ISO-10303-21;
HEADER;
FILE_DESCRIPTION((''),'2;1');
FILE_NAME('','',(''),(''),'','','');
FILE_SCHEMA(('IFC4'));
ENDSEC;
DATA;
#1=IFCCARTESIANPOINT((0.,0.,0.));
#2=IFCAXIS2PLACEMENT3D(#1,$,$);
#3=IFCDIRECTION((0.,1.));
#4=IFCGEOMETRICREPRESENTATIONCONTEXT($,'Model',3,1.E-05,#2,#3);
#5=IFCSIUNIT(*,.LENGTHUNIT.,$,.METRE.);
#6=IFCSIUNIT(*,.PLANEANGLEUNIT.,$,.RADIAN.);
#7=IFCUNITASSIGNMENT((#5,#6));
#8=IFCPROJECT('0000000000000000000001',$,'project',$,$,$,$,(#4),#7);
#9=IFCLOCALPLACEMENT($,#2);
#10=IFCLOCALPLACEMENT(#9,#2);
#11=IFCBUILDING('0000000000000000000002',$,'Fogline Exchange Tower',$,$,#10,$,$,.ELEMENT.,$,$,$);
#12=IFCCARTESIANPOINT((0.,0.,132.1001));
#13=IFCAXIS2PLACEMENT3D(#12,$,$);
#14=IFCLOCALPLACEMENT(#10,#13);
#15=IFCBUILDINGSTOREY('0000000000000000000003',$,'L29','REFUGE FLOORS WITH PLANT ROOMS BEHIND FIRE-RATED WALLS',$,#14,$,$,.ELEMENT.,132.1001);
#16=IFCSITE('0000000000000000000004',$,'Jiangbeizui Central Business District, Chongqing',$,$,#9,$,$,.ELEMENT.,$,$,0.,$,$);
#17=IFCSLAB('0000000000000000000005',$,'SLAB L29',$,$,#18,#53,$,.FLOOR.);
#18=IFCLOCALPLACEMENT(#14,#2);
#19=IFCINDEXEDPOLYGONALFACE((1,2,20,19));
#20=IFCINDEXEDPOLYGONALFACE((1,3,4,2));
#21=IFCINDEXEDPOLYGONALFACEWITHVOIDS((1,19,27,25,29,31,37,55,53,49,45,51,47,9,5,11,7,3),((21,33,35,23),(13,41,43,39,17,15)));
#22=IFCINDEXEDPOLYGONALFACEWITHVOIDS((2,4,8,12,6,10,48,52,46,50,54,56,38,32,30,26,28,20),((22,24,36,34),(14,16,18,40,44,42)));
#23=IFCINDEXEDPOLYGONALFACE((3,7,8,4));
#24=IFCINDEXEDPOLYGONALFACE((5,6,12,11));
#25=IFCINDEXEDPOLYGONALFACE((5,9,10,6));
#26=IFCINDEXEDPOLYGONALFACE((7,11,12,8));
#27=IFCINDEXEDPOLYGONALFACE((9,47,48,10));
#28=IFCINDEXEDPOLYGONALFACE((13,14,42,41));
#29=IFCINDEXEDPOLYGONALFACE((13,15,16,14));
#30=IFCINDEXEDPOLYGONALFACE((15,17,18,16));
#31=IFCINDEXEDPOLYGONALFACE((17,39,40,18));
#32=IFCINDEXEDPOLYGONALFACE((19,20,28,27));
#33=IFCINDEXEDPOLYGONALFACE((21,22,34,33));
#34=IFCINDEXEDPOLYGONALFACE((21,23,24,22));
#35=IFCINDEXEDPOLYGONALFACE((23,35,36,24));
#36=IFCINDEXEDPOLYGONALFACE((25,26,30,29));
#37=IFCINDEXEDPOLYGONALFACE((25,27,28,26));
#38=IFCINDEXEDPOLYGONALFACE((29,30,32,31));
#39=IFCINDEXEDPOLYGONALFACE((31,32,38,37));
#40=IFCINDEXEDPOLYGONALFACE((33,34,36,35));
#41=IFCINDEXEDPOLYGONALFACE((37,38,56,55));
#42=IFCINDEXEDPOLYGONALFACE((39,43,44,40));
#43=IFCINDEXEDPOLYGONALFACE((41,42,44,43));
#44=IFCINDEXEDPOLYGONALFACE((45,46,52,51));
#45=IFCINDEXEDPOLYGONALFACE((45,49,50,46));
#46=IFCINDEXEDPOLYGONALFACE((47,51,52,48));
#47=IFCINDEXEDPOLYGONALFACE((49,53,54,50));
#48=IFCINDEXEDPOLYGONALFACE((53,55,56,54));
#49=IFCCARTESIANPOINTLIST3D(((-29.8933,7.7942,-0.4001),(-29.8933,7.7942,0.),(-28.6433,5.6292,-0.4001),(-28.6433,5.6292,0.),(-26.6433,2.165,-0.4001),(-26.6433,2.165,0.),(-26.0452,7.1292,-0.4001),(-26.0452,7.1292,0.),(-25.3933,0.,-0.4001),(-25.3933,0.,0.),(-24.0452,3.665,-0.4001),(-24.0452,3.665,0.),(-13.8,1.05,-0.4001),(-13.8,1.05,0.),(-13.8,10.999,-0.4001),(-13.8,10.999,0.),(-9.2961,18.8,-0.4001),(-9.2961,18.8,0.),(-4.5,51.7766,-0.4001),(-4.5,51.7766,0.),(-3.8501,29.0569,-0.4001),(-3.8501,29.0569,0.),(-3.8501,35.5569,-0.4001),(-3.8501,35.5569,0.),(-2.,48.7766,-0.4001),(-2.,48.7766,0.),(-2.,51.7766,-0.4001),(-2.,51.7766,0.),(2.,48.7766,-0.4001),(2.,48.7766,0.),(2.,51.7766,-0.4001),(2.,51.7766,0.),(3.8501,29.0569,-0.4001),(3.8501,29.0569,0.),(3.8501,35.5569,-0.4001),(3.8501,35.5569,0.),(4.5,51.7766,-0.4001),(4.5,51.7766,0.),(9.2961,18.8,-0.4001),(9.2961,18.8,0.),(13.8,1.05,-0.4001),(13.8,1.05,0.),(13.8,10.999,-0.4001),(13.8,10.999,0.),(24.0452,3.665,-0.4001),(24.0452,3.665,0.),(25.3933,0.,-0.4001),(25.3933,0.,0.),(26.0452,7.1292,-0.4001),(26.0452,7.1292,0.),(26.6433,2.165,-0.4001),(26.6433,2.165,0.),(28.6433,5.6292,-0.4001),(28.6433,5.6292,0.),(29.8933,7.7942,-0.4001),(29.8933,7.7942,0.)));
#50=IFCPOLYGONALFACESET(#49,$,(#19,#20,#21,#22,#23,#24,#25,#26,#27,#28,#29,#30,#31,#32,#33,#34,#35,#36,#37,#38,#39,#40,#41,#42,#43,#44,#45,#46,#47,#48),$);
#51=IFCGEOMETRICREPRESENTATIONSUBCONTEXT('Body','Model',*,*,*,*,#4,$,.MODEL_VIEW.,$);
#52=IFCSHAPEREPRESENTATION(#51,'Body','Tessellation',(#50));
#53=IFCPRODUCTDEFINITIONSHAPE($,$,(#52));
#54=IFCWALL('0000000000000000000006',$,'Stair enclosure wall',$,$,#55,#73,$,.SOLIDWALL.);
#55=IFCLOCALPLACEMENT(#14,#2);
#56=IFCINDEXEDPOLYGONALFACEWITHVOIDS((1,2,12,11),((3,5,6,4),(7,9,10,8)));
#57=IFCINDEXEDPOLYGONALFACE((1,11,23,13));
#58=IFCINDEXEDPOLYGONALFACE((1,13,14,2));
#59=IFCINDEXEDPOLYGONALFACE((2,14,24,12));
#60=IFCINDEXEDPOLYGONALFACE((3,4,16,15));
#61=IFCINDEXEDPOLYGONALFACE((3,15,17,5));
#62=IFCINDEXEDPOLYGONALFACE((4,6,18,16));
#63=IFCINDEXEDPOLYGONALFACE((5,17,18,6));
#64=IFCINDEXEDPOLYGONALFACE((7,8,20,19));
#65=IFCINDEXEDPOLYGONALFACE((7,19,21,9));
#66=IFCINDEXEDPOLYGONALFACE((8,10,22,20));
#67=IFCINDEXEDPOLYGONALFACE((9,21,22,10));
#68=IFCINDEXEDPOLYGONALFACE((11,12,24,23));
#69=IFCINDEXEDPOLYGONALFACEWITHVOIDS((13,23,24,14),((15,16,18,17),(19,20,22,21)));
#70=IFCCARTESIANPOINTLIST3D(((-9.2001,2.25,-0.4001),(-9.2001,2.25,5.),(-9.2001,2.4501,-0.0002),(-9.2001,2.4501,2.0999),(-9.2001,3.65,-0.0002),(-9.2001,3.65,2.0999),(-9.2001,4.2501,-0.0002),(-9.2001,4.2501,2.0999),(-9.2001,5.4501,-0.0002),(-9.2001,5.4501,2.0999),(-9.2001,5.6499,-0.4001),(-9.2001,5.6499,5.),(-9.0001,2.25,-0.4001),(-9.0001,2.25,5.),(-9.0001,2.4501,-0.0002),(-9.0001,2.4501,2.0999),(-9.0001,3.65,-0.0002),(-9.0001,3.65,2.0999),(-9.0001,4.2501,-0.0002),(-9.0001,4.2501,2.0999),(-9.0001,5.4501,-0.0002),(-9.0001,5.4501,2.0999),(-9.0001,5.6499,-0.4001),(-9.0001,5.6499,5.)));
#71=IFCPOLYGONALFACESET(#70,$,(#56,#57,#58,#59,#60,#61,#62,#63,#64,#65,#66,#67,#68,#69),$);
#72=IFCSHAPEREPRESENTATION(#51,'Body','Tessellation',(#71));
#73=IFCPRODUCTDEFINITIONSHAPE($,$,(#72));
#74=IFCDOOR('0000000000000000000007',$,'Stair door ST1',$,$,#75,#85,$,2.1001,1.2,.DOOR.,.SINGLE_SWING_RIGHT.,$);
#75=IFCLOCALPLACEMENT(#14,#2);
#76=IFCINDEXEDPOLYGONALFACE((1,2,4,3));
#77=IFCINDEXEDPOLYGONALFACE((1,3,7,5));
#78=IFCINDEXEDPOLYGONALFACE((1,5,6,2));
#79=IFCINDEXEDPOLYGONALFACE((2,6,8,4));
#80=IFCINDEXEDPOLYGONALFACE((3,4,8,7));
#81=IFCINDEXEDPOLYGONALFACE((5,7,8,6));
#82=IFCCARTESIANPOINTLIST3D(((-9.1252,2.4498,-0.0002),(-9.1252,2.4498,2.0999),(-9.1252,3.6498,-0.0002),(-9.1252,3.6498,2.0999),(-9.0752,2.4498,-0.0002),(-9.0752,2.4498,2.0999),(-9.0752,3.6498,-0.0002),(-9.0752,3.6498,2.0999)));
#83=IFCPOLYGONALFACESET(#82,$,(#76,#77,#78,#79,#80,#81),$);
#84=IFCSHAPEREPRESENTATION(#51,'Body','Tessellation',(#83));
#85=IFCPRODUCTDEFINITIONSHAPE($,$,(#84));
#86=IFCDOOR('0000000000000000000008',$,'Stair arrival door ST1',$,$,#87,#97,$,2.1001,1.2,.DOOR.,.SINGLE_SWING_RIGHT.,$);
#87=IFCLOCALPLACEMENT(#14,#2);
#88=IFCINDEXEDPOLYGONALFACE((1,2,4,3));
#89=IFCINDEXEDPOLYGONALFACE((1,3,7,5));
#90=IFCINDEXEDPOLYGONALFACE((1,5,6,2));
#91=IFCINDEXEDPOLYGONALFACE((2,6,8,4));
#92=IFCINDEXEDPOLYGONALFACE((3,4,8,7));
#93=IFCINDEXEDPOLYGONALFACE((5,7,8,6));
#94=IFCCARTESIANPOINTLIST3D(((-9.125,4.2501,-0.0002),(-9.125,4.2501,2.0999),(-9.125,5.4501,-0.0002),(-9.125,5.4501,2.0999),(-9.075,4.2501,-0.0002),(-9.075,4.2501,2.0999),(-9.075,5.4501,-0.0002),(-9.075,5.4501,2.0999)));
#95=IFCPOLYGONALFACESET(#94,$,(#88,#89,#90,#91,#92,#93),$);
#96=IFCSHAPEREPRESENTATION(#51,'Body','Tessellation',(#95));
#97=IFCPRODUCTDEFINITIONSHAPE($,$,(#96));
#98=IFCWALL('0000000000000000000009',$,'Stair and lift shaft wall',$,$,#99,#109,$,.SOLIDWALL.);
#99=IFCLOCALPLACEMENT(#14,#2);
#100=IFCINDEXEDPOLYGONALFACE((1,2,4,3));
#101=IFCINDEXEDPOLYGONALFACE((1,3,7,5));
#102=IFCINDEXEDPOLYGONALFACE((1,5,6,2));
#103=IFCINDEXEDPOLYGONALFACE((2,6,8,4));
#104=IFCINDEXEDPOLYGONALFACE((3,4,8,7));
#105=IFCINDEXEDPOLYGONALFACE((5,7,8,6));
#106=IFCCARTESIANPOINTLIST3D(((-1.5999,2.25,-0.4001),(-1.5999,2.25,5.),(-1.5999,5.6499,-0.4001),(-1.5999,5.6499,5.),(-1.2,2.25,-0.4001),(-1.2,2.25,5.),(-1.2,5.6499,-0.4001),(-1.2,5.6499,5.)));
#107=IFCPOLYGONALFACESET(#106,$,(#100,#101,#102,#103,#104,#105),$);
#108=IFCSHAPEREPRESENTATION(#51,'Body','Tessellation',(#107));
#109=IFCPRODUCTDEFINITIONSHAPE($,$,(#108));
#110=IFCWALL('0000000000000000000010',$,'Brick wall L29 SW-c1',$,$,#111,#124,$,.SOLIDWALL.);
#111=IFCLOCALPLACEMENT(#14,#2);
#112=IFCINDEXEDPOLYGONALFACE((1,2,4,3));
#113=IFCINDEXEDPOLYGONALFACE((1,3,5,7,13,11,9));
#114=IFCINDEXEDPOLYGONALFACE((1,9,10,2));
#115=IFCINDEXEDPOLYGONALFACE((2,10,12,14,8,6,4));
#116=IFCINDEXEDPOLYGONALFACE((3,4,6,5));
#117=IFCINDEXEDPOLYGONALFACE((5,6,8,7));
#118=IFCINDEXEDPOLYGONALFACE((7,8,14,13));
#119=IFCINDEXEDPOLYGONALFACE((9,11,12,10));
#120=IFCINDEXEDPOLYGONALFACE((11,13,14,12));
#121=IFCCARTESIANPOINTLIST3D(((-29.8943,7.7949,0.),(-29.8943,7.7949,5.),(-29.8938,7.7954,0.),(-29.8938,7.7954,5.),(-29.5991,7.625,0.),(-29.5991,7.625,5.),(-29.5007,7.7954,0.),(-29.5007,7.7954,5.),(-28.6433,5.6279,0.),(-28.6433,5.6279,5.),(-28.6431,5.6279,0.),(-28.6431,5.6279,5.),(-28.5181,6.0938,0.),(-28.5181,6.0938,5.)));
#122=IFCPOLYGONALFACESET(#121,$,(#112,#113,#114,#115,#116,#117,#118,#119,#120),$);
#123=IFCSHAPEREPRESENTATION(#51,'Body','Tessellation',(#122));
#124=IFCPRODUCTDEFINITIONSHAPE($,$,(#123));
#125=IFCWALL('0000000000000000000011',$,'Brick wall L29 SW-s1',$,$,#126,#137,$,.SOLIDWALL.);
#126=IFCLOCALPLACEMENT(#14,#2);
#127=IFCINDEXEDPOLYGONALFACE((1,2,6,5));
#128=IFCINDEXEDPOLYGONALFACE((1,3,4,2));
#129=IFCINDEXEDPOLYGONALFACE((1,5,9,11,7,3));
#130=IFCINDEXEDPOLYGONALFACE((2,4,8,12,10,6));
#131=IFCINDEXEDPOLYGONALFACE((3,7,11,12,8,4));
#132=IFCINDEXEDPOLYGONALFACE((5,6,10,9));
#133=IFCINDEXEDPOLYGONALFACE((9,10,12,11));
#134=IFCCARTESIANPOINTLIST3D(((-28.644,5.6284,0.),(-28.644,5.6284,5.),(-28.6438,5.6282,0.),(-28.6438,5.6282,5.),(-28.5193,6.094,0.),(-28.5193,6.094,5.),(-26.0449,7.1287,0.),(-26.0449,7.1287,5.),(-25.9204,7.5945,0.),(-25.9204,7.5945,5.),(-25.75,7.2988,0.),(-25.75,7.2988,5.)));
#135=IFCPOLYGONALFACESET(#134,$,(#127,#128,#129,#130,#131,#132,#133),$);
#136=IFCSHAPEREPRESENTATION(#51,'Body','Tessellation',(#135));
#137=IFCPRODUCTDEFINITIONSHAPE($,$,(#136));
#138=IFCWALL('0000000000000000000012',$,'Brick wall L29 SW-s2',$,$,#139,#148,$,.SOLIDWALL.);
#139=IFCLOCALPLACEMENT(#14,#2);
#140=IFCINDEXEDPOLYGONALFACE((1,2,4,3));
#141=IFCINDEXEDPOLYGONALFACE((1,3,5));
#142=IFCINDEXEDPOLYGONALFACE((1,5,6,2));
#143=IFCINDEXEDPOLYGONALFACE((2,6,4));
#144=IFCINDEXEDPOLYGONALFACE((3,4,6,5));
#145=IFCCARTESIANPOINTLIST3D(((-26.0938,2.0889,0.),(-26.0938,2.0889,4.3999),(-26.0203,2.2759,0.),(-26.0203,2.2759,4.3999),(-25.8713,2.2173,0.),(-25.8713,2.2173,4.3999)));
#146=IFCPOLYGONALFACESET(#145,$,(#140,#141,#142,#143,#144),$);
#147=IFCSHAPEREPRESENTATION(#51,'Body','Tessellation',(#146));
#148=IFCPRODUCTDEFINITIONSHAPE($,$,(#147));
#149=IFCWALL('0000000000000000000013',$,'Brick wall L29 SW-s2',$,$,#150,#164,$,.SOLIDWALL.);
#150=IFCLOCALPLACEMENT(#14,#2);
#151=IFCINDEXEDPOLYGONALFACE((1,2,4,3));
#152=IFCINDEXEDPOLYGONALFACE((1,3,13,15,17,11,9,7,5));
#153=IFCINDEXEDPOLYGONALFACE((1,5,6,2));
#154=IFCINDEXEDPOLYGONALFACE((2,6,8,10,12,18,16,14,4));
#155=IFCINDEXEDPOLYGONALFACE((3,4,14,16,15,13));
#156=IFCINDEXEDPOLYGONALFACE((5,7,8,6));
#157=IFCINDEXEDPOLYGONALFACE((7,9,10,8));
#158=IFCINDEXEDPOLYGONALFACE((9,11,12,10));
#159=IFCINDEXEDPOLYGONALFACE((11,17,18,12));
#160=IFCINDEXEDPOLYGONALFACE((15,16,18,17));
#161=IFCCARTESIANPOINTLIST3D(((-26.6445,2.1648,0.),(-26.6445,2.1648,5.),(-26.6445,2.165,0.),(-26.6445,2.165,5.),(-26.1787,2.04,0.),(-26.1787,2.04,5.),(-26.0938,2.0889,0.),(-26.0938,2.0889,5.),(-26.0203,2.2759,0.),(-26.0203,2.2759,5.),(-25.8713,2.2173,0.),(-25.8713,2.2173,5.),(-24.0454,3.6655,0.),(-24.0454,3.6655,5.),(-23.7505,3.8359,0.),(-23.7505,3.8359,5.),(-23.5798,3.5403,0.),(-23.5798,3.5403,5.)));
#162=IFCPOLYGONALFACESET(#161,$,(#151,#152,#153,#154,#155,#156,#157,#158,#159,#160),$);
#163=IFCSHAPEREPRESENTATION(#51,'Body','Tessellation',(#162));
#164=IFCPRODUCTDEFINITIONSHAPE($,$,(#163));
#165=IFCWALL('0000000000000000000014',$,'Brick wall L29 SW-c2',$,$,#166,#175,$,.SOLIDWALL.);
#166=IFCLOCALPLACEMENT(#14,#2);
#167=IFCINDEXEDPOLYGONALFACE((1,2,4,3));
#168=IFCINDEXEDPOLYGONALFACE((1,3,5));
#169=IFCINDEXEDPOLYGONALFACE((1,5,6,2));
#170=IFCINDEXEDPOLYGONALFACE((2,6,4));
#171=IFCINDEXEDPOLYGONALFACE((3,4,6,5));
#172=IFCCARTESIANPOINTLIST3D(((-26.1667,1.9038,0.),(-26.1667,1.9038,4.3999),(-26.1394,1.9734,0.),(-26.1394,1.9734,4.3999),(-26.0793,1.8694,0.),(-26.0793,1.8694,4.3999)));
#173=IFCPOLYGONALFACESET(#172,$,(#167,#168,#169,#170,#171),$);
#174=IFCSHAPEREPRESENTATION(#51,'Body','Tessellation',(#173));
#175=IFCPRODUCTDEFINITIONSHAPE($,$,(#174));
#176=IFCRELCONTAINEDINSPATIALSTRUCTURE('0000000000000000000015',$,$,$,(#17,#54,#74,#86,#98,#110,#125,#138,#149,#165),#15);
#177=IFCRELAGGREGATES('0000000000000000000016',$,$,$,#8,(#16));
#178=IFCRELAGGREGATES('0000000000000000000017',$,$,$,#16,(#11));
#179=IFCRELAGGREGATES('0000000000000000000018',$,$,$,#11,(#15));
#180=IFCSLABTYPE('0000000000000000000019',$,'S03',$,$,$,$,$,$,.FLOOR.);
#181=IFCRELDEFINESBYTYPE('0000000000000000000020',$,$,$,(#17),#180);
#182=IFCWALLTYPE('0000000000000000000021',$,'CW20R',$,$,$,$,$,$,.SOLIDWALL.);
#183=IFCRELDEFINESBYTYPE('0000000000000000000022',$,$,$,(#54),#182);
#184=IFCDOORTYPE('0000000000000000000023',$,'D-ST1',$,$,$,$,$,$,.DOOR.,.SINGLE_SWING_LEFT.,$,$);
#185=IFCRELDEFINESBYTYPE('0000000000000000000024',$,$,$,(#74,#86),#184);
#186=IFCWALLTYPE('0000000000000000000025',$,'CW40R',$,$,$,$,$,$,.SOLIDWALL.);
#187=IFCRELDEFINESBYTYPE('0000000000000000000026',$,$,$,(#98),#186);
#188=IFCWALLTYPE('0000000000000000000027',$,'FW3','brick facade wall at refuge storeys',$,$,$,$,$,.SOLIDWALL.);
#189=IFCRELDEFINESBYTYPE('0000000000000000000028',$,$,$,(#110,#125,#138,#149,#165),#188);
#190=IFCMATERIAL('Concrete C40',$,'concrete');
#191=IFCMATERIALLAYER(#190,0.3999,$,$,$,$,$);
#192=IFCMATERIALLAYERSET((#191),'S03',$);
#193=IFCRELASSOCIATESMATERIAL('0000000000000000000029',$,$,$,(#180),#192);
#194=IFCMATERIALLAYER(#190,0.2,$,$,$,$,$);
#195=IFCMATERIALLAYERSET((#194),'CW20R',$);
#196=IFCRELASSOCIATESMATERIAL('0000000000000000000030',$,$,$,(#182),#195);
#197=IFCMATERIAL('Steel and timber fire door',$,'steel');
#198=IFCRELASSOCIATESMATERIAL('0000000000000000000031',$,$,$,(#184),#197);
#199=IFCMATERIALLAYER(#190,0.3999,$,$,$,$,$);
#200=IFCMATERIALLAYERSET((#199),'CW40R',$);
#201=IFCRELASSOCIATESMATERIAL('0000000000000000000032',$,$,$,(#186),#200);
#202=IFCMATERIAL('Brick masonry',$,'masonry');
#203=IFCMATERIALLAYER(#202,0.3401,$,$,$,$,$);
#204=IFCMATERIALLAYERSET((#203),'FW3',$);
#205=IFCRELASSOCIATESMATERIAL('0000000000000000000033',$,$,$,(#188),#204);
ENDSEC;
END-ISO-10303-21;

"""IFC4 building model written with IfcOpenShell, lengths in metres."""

from ifc_helpers import new_model, si_unit, direction, frame, frame_2d, origin, place, context, subcontext, project, spatial, polyline, rectangle, outline, extrude, material, layer, layer_set, type_object, element, fill, save


model = new_model("IFC4")

# Units and contexts
model_context = context("Model", 3, precision=1e-05, world=origin(), true_north=direction((0.0, 1.0)))
body_context = subcontext(model_context, "Body", "Model", "MODEL_VIEW")
ifc_project = project(units=[si_unit("LENGTHUNIT", "METRE"), si_unit("PLANEANGLEUNIT", "RADIAN")], contexts=[model_context])

# Site, building, storey
site_placement = place(None, origin())
site = spatial("IfcSite", under=ifc_project, at=site_placement, Name="Jiangbeizui Central Business District, Chongqing", CompositionType="ELEMENT", RefElevation=0.0)
building_placement = place(site_placement, origin())
building = spatial("IfcBuilding", under=site, at=building_placement, Name="Fogline Exchange Tower", CompositionType="ELEMENT")
storey_placement = place(building_placement, frame((0.0, 0.0, 132.1001)))
storey = spatial("IfcBuildingStorey", under=building, at=storey_placement, Name="L29", Description="REFUGE FLOORS WITH PLANT ROOMS BEHIND FIRE-RATED WALLS", CompositionType="ELEMENT", Elevation=132.1001)

# Slab
ifc_material_1 = material(Name="Concrete C40", Category="concrete")
ifc_layer_1 = layer(ifc_material_1, 0.3999)
ifc_layer_set_1 = layer_set([ifc_layer_1], Name="S03")
slab_type = type_object("IfcSlabType", Name="S03", PredefinedType="FLOOR", material=ifc_layer_set_1)
slab_placement = place(storey_placement, frame((0.0, 0.0, -0.4001)))
element("IfcSlab", 1, at=slab_placement, inside=storey, type_object=slab_type, Name="SLAB L29", PredefinedType="FLOOR", context=body_context, shape_type="SweptSolid", body=[
    extrude(outline(polyline([(-2.0, 51.7766), (-4.5, 51.7766), (-29.8933, 7.7942), (-28.6433, 5.6292), (-26.0452, 7.1292), (-24.0452, 3.665), (-26.6433, 2.165), (-25.3933, 0.0), (25.3933, 0.0), (26.6433, 2.165), (24.0452, 3.665), (26.0452, 7.1292), (28.6433, 5.6292), (29.8933, 7.7942), (4.5, 51.7766), (2.0, 51.7766), (2.0, 48.7766), (-2.0, 48.7766), (-2.0, 51.7766)]), holes=[polyline([(13.8, 10.999), (13.8, 1.05), (-13.8, 1.05), (-13.8, 10.999), (-9.2961, 18.8), (9.2961, 18.8), (13.8, 10.999)]), polyline([(3.8501, 35.5569), (3.8501, 29.0569), (-3.8501, 29.0569), (-3.8501, 35.5569), (3.8501, 35.5569)])]), origin(), (0.0, 0.0, 1.0), 0.4001),
])

# Wall, openings, doors
ifc_layer_2 = layer(ifc_material_1, 0.2)
ifc_layer_set_2 = layer_set([ifc_layer_2], Name="CW20R")
wall_type_1 = type_object("IfcWallType", Name="CW20R", PredefinedType="SOLIDWALL", material=ifc_layer_set_2)
wall_1_placement = place(storey_placement, frame((-9.1001, 2.25, -0.4001), z_axis=(0.0, 0.0, 1.0), x_axis=(0.0, 1.0, 0.0)))
wall_1 = element("IfcWall", 2, at=wall_1_placement, inside=storey, type_object=wall_type_1, Name="Stair enclosure wall", PredefinedType="SOLIDWALL", context=body_context, shape_type="SweptSolid", body=[
    extrude(rectangle(XDim=3.3999, YDim=0.2, at=frame_2d((1.7, 0.0))), origin(), (0.0, 0.0, 1.0), 5.4001),
])
opening_1_placement = place(wall_1_placement, frame((0.2, 0.0, 0.3999)))
opening_1 = element("IfcOpeningElement", 3, at=opening_1_placement, cuts=wall_1, PredefinedType="OPENING", context=body_context, shape_type="SweptSolid", body=[
    extrude(rectangle(XDim=1.2, YDim=2.1001, at=frame_2d((0.6001, 1.05))), frame((0.0, 0.1099, 0.0), z_axis=(0.0, -1.0, 0.0), x_axis=(1.0, 0.0, 0.0)), (0.0, 0.0, 1.0), 0.22),
])
opening_2_placement = place(wall_1_placement, frame((2.0, 0.0, 0.3999)))
opening_2 = element("IfcOpeningElement", 4, at=opening_2_placement, cuts=wall_1, PredefinedType="OPENING", context=body_context, shape_type="SweptSolid", body=[
    extrude(rectangle(XDim=1.2, YDim=2.1001, at=frame_2d((0.6001, 1.05))), frame((0.0, 0.1099, 0.0), z_axis=(0.0, -1.0, 0.0), x_axis=(1.0, 0.0, 0.0)), (0.0, 0.0, 1.0), 0.22),
])
ifc_material_2 = material(Name="Steel and timber fire door", Category="steel")
door_type = type_object("IfcDoorType", Name="D-ST1", OperationType="SINGLE_SWING_LEFT", PredefinedType="DOOR", material=ifc_material_2)
door_1_placement = place(opening_1_placement, frame((1.2, 0.0, 0.0), z_axis=(0.0, 0.0, 1.0), x_axis=(-1.0, 0.0, 0.0)))
door_1 = element("IfcDoor", 5, at=door_1_placement, inside=storey, type_object=door_type, Name="Stair door ST1", OperationType="SINGLE_SWING_RIGHT", OverallHeight=2.1001, OverallWidth=1.2, PredefinedType="DOOR", context=body_context, shape_type="SweptSolid", body=[
    extrude(rectangle(XDim=1.2, YDim=2.1001, at=frame_2d((0.6001, 1.05))), frame((0.0, 0.0249, 0.0), z_axis=(0.0, -1.0, 0.0), x_axis=(1.0, 0.0, 0.0)), (0.0, 0.0, 1.0), 0.05),
])
fill(opening_1, door_1)
door_2_placement = place(opening_2_placement, origin())
door_2 = element("IfcDoor", 6, at=door_2_placement, inside=storey, type_object=door_type, Name="Stair arrival door ST1", OperationType="SINGLE_SWING_RIGHT", OverallHeight=2.1001, OverallWidth=1.2, PredefinedType="DOOR", context=body_context, shape_type="SweptSolid", body=[
    extrude(rectangle(XDim=1.2, YDim=2.1001, at=frame_2d((0.6001, 1.05))), frame((0.0, 0.0249, 0.0), z_axis=(0.0, -1.0, 0.0), x_axis=(1.0, 0.0, 0.0)), (0.0, 0.0, 1.0), 0.05),
])
fill(opening_2, door_2)

# Walls
ifc_layer_3 = layer(ifc_material_1, 0.3999)
ifc_layer_set_3 = layer_set([ifc_layer_3], Name="CW40R")
wall_type_2 = type_object("IfcWallType", Name="CW40R", PredefinedType="SOLIDWALL", material=ifc_layer_set_3)
wall_2_placement = place(storey_placement, frame((-1.3999, 2.25, -0.4001), z_axis=(0.0, 0.0, 1.0), x_axis=(0.0, 1.0, 0.0)))
element("IfcWall", 7, at=wall_2_placement, inside=storey, type_object=wall_type_2, Name="Stair and lift shaft wall", PredefinedType="SOLIDWALL", context=body_context, shape_type="SweptSolid", body=[
    extrude(rectangle(XDim=3.3999, YDim=0.3999, at=frame_2d((1.7, 0.0))), origin(), (0.0, 0.0, 1.0), 5.4001),
])
ifc_material_3 = material(Name="Brick masonry", Category="masonry")
ifc_layer_4 = layer(ifc_material_3, 0.3401)
ifc_layer_set_4 = layer_set([ifc_layer_4], Name="FW3")
wall_type_3 = type_object("IfcWallType", Name="FW3", Description="brick facade wall at refuge storeys", PredefinedType="SOLIDWALL", material=ifc_layer_set_4)
wall_3_placement = place(storey_placement, origin())
element("IfcWall", 8, at=wall_3_placement, inside=storey, type_object=wall_type_3, Name="Brick wall L29 SW-c1", PredefinedType="SOLIDWALL", context=body_context, shape_type="SweptSolid", body=[
    extrude(outline(polyline([(-28.6433, 5.6279), (-29.8943, 7.7949), (-29.8938, 7.7954), (-29.5991, 7.625), (-29.5007, 7.7954), (-28.5181, 6.0938), (-28.6431, 5.6279), (-28.6433, 5.6279)])), origin(), (0.0, 0.0, 1.0), 5.0),
])
wall_4_placement = place(storey_placement, origin())
element("IfcWall", 9, at=wall_4_placement, inside=storey, type_object=wall_type_3, Name="Brick wall L29 SW-s1", PredefinedType="SOLIDWALL", context=body_context, shape_type="SweptSolid", body=[
    extrude(outline(polyline([(-25.9204, 7.5945), (-25.75, 7.2988), (-26.0449, 7.1287), (-28.6438, 5.6282), (-28.644, 5.6284), (-28.5193, 6.094), (-25.9204, 7.5945)])), origin(), (0.0, 0.0, 1.0), 5.0),
])
wall_5_placement = place(storey_placement, origin())
element("IfcWall", 10, at=wall_5_placement, inside=storey, type_object=wall_type_3, Name="Brick wall L29 SW-s2", PredefinedType="SOLIDWALL", context=body_context, shape_type="SweptSolid", body=[
    extrude(outline(polyline([(-26.0938, 2.0889), (-26.0203, 2.2759), (-25.8713, 2.2173), (-26.0938, 2.0889)])), origin(), (0.0, 0.0, 1.0), 4.3999),
])
wall_6_placement = place(storey_placement, origin())
element("IfcWall", 11, at=wall_6_placement, inside=storey, type_object=wall_type_3, Name="Brick wall L29 SW-s2", PredefinedType="SOLIDWALL", context=body_context, shape_type="SweptSolid", body=[
    extrude(outline(polyline([(-24.0454, 3.6655), (-23.7505, 3.8359), (-23.5798, 3.5403), (-25.8713, 2.2173), (-26.0203, 2.2759), (-26.0938, 2.0889), (-26.1787, 2.04), (-26.6445, 2.1648), (-26.6445, 2.165), (-24.0454, 3.6655)])), origin(), (0.0, 0.0, 1.0), 5.0),
])
wall_7_placement = place(storey_placement, origin())
element("IfcWall", 12, at=wall_7_placement, inside=storey, type_object=wall_type_3, Name="Brick wall L29 SW-c2", PredefinedType="SOLIDWALL", context=body_context, shape_type="SweptSolid", body=[
    extrude(outline(polyline([(-26.0793, 1.8694), (-26.1667, 1.9038), (-26.1394, 1.9734), (-26.0793, 1.8694)])), origin(), (0.0, 0.0, 1.0), 4.3999),
])

save(model, "model.ifc")
